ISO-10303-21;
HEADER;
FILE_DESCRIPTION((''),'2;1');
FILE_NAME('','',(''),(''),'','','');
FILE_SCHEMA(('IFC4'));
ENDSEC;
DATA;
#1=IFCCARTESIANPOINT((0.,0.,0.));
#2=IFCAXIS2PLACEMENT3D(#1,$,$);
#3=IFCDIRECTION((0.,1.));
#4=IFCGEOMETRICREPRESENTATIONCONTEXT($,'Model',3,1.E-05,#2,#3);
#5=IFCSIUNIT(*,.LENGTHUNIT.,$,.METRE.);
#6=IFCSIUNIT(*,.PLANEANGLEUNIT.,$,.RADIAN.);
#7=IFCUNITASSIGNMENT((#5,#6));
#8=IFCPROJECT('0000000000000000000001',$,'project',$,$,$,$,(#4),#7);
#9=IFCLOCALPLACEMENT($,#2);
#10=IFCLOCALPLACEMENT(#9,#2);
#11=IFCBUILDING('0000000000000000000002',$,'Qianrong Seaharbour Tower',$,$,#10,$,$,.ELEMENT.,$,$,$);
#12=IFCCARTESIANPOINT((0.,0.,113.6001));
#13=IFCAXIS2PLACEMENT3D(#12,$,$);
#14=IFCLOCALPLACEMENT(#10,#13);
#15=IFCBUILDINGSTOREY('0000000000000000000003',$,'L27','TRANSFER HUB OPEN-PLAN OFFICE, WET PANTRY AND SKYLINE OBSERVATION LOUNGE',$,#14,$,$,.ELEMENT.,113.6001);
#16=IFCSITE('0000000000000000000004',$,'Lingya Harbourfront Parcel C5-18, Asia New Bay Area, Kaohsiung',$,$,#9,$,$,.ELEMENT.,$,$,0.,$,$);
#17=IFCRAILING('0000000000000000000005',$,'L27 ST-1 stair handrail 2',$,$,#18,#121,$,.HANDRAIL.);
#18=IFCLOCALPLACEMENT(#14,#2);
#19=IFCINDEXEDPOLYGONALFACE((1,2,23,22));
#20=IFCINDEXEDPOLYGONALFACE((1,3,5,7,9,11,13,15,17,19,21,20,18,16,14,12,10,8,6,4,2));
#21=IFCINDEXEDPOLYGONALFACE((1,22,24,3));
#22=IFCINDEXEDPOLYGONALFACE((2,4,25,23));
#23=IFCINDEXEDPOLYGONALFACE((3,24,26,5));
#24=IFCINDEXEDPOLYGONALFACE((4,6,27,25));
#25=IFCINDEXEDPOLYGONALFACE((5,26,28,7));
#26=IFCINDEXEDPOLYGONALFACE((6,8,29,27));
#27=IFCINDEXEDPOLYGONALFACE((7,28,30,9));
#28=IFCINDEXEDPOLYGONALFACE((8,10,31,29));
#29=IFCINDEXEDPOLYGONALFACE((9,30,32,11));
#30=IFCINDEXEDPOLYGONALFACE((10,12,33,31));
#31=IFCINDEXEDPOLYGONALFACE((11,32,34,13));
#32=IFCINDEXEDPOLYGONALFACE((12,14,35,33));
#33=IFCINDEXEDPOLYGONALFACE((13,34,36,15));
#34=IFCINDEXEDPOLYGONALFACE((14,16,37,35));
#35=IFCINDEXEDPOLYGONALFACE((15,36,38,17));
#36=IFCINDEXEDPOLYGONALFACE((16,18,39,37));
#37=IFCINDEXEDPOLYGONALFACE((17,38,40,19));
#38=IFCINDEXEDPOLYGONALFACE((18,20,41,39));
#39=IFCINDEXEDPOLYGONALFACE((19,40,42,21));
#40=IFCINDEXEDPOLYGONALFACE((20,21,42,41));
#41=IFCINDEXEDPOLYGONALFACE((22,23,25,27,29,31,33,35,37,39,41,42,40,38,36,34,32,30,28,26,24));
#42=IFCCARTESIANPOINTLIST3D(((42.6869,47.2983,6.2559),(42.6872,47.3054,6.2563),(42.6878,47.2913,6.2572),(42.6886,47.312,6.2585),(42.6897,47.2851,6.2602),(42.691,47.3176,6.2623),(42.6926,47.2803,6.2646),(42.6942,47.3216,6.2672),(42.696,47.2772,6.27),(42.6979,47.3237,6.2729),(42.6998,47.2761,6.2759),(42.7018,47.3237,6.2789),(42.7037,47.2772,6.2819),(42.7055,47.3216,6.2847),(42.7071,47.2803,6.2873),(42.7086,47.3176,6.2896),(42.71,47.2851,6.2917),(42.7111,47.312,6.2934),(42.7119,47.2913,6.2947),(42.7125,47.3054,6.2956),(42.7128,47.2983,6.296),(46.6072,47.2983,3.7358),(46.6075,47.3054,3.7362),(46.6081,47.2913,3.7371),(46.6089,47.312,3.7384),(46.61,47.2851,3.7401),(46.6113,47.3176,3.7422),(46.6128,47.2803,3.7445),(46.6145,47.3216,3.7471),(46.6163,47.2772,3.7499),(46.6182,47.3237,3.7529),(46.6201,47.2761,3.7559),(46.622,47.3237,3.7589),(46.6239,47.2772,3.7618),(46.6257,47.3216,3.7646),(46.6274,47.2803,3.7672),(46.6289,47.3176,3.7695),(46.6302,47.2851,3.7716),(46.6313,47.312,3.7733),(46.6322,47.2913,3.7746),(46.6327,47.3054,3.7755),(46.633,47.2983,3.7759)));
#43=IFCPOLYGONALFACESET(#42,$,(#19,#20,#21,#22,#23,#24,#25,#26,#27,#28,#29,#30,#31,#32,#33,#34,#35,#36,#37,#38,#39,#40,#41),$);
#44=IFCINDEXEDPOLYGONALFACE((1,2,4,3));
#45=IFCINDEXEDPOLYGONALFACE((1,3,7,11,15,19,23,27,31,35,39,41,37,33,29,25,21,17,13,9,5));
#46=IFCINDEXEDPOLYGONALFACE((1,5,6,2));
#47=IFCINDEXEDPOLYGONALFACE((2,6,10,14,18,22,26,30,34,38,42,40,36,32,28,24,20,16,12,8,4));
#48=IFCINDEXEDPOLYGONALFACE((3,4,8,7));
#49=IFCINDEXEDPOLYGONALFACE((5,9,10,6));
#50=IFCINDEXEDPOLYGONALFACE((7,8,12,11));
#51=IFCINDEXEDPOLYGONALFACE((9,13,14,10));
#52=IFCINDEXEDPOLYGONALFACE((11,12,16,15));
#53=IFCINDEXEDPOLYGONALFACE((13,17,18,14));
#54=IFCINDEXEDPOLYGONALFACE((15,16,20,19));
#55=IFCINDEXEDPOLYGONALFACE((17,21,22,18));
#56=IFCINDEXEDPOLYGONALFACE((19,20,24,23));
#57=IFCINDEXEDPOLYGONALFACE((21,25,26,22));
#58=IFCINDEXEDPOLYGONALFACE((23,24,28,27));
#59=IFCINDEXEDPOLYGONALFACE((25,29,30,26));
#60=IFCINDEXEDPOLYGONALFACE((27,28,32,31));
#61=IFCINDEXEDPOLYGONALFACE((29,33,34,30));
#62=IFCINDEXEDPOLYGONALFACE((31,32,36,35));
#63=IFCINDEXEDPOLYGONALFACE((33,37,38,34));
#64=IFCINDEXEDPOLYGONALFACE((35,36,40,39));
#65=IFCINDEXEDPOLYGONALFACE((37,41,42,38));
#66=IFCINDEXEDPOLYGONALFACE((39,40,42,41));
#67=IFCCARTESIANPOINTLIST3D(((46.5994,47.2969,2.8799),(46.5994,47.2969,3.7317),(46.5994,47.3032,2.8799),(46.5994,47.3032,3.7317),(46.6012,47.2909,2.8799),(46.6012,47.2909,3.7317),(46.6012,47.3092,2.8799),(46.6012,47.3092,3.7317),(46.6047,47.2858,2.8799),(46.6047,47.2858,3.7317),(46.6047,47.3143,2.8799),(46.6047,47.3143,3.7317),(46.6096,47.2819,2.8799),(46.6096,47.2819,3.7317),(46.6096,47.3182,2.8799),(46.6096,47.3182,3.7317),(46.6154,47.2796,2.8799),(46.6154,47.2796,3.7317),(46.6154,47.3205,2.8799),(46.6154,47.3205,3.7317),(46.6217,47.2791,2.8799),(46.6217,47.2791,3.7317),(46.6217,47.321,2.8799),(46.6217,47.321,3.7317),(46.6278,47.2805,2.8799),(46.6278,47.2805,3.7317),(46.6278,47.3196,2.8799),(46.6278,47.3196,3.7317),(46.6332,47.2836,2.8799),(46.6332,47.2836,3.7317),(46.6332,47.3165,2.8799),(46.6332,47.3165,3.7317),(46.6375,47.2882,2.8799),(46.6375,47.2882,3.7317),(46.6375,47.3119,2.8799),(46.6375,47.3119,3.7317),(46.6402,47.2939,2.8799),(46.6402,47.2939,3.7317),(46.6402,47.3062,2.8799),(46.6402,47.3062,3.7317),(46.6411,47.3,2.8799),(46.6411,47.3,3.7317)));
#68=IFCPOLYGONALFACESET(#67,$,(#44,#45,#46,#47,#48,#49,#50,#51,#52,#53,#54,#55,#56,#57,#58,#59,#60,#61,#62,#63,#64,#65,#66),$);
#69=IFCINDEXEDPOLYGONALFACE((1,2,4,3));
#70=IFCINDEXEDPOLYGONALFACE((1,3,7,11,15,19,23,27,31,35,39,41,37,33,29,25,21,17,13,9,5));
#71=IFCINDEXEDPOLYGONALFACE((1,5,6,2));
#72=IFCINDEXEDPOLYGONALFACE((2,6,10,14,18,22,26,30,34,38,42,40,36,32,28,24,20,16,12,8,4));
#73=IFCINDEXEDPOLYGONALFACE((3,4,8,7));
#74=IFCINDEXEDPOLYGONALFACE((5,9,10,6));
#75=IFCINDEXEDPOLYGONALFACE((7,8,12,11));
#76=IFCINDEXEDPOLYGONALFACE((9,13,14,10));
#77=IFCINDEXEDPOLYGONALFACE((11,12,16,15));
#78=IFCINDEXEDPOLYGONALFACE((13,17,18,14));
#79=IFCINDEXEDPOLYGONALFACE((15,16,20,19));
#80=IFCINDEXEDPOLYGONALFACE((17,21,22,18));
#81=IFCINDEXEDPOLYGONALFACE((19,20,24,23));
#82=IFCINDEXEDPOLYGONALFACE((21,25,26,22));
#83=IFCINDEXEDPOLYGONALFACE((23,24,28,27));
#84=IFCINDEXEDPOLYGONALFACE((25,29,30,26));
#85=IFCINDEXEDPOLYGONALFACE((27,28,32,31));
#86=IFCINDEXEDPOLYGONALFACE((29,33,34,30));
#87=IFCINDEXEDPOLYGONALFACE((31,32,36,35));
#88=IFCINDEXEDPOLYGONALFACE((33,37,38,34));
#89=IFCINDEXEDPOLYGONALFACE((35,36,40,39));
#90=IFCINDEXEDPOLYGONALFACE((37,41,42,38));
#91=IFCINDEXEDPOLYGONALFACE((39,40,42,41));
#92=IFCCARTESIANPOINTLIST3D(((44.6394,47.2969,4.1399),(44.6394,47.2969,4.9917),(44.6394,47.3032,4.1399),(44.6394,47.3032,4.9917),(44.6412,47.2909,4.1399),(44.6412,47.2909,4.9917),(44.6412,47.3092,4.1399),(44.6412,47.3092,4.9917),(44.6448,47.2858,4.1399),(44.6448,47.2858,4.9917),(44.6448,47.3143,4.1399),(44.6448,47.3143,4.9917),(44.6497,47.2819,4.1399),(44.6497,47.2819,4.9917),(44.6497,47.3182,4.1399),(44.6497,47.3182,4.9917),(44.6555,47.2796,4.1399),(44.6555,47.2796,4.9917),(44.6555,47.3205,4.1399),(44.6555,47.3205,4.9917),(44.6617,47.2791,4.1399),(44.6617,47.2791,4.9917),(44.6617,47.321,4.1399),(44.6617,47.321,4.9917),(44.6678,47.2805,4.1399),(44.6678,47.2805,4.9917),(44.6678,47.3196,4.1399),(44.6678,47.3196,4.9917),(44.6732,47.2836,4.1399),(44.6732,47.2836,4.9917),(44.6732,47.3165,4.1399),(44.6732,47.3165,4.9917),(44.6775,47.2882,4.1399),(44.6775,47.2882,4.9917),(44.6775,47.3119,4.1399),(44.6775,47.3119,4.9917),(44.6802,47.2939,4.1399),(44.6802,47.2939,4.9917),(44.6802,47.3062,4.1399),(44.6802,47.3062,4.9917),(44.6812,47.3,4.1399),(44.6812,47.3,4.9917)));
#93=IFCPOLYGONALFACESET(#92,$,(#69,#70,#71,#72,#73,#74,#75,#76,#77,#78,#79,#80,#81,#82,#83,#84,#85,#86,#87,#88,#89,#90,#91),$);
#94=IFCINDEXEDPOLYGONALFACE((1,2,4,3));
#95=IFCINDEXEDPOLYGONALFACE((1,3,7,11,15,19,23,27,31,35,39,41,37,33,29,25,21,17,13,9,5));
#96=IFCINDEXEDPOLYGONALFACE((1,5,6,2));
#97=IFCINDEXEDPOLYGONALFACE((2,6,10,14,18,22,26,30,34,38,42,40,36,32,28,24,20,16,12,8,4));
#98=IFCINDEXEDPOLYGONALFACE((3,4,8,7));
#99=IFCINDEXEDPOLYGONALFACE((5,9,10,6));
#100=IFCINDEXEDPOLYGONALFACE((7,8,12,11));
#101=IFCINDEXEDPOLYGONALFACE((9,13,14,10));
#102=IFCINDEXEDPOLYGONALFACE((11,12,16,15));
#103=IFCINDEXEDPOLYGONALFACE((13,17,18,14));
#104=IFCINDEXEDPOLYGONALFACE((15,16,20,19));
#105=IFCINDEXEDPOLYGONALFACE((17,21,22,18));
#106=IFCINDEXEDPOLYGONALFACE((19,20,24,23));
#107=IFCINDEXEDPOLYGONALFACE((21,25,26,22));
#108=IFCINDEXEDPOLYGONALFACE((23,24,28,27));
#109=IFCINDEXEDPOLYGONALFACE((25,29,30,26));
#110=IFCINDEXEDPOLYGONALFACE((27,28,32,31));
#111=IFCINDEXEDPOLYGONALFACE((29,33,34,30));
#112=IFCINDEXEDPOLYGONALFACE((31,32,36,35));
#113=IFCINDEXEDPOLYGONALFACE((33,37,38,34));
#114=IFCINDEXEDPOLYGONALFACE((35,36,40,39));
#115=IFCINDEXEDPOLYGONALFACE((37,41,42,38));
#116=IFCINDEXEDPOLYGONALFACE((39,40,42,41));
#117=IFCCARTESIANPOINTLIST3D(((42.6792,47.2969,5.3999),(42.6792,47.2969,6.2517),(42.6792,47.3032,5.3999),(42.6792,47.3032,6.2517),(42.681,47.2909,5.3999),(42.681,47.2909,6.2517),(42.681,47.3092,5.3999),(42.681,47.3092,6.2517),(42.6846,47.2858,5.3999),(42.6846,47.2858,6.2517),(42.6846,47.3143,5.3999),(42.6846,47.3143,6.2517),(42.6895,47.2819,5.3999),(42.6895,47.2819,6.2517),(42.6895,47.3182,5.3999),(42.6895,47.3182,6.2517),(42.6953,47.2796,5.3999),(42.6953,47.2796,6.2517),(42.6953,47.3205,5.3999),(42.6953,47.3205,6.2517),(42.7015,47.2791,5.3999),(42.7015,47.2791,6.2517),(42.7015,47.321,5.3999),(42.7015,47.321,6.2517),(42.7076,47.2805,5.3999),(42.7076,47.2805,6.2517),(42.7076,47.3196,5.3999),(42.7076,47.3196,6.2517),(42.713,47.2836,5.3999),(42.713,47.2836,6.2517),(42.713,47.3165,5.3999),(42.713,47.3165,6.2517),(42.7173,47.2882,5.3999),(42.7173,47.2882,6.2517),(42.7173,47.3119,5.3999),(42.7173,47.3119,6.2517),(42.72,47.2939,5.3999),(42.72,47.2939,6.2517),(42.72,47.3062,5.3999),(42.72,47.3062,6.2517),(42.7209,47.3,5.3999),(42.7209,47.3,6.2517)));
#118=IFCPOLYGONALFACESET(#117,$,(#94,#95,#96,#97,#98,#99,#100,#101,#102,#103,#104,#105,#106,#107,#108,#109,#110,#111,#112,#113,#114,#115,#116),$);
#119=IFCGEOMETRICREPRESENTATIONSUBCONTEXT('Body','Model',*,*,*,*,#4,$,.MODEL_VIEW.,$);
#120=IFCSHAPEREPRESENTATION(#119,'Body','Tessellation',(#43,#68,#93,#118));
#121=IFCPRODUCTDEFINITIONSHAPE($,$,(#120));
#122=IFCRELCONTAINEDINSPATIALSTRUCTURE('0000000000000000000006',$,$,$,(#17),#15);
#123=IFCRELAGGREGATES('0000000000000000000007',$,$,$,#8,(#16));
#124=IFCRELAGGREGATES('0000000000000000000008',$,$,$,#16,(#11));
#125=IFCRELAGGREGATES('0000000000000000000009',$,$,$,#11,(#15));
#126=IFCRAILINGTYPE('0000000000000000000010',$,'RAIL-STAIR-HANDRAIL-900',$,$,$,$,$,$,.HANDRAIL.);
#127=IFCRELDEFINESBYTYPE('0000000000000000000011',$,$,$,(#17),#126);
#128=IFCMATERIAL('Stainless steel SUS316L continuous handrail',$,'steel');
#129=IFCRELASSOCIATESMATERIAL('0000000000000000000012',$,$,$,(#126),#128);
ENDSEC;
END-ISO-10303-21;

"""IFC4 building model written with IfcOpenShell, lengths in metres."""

from ifc_helpers import new_model, si_unit, direction, frame, origin, origin_2d, place, context, subcontext, project, spatial, circle, extrude, material, type_object, element, save


model = new_model("IFC4")

# Units and contexts
model_context = context("Model", 3, precision=1e-05, world=origin(), true_north=direction((0.0, 1.0)))
body_context = subcontext(model_context, "Body", "Model", "MODEL_VIEW")
ifc_project = project(units=[si_unit("LENGTHUNIT", "METRE"), si_unit("PLANEANGLEUNIT", "RADIAN")], contexts=[model_context])

# Site, building, storey
site_placement = place(None, origin())
site = spatial("IfcSite", under=ifc_project, at=site_placement, Name="Lingya Harbourfront Parcel C5-18, Asia New Bay Area, Kaohsiung", CompositionType="ELEMENT", RefElevation=0.0)
building_placement = place(site_placement, origin())
building = spatial("IfcBuilding", under=site, at=building_placement, Name="Qianrong Seaharbour Tower", CompositionType="ELEMENT")
storey_placement = place(building_placement, frame((0.0, 0.0, 113.6001)))
storey = spatial("IfcBuildingStorey", under=building, at=storey_placement, Name="L27", Description="TRANSFER HUB OPEN-PLAN OFFICE, WET PANTRY AND SKYLINE OBSERVATION LOUNGE", CompositionType="ELEMENT", Elevation=113.6001)

# Railing
ifc_material_1 = material(Name="Stainless steel SUS316L continuous handrail", Category="steel")
railing_type_1 = type_object("IfcRailingType", Name="RAIL-STAIR-HANDRAIL-900", PredefinedType="HANDRAIL", material=ifc_material_1)
railing_1_placement = place(storey_placement, frame((46.6201, 47.3, 2.8799)))
element("IfcRailing", 1, at=railing_1_placement, inside=storey, type_object=railing_type_1, Name="L27 ST-1 stair handrail 2", PredefinedType="HANDRAIL", context=body_context, shape_type="SweptSolid", body=[
    extrude(circle(Radius=0.0239, at=origin_2d()), frame((0.0, 0.0, 0.876), z_axis=(-0.841187, 0.0, 0.540744), x_axis=(0.0, -1.0, 0.0)), (0.0, 0.0, 1.0), 4.6604),
    extrude(circle(Radius=0.021, at=origin_2d()), origin(), (0.0, 0.0, 1.0), 0.8518),
    extrude(circle(Radius=0.021, at=origin_2d()), frame((-1.96, 0.0, 1.26)), (0.0, 0.0, 1.0), 0.8518),
    extrude(circle(Radius=0.021, at=origin_2d()), frame((-3.9202, 0.0, 2.52)), (0.0, 0.0, 1.0), 0.8518),
])

save(model, "model.ifc")
